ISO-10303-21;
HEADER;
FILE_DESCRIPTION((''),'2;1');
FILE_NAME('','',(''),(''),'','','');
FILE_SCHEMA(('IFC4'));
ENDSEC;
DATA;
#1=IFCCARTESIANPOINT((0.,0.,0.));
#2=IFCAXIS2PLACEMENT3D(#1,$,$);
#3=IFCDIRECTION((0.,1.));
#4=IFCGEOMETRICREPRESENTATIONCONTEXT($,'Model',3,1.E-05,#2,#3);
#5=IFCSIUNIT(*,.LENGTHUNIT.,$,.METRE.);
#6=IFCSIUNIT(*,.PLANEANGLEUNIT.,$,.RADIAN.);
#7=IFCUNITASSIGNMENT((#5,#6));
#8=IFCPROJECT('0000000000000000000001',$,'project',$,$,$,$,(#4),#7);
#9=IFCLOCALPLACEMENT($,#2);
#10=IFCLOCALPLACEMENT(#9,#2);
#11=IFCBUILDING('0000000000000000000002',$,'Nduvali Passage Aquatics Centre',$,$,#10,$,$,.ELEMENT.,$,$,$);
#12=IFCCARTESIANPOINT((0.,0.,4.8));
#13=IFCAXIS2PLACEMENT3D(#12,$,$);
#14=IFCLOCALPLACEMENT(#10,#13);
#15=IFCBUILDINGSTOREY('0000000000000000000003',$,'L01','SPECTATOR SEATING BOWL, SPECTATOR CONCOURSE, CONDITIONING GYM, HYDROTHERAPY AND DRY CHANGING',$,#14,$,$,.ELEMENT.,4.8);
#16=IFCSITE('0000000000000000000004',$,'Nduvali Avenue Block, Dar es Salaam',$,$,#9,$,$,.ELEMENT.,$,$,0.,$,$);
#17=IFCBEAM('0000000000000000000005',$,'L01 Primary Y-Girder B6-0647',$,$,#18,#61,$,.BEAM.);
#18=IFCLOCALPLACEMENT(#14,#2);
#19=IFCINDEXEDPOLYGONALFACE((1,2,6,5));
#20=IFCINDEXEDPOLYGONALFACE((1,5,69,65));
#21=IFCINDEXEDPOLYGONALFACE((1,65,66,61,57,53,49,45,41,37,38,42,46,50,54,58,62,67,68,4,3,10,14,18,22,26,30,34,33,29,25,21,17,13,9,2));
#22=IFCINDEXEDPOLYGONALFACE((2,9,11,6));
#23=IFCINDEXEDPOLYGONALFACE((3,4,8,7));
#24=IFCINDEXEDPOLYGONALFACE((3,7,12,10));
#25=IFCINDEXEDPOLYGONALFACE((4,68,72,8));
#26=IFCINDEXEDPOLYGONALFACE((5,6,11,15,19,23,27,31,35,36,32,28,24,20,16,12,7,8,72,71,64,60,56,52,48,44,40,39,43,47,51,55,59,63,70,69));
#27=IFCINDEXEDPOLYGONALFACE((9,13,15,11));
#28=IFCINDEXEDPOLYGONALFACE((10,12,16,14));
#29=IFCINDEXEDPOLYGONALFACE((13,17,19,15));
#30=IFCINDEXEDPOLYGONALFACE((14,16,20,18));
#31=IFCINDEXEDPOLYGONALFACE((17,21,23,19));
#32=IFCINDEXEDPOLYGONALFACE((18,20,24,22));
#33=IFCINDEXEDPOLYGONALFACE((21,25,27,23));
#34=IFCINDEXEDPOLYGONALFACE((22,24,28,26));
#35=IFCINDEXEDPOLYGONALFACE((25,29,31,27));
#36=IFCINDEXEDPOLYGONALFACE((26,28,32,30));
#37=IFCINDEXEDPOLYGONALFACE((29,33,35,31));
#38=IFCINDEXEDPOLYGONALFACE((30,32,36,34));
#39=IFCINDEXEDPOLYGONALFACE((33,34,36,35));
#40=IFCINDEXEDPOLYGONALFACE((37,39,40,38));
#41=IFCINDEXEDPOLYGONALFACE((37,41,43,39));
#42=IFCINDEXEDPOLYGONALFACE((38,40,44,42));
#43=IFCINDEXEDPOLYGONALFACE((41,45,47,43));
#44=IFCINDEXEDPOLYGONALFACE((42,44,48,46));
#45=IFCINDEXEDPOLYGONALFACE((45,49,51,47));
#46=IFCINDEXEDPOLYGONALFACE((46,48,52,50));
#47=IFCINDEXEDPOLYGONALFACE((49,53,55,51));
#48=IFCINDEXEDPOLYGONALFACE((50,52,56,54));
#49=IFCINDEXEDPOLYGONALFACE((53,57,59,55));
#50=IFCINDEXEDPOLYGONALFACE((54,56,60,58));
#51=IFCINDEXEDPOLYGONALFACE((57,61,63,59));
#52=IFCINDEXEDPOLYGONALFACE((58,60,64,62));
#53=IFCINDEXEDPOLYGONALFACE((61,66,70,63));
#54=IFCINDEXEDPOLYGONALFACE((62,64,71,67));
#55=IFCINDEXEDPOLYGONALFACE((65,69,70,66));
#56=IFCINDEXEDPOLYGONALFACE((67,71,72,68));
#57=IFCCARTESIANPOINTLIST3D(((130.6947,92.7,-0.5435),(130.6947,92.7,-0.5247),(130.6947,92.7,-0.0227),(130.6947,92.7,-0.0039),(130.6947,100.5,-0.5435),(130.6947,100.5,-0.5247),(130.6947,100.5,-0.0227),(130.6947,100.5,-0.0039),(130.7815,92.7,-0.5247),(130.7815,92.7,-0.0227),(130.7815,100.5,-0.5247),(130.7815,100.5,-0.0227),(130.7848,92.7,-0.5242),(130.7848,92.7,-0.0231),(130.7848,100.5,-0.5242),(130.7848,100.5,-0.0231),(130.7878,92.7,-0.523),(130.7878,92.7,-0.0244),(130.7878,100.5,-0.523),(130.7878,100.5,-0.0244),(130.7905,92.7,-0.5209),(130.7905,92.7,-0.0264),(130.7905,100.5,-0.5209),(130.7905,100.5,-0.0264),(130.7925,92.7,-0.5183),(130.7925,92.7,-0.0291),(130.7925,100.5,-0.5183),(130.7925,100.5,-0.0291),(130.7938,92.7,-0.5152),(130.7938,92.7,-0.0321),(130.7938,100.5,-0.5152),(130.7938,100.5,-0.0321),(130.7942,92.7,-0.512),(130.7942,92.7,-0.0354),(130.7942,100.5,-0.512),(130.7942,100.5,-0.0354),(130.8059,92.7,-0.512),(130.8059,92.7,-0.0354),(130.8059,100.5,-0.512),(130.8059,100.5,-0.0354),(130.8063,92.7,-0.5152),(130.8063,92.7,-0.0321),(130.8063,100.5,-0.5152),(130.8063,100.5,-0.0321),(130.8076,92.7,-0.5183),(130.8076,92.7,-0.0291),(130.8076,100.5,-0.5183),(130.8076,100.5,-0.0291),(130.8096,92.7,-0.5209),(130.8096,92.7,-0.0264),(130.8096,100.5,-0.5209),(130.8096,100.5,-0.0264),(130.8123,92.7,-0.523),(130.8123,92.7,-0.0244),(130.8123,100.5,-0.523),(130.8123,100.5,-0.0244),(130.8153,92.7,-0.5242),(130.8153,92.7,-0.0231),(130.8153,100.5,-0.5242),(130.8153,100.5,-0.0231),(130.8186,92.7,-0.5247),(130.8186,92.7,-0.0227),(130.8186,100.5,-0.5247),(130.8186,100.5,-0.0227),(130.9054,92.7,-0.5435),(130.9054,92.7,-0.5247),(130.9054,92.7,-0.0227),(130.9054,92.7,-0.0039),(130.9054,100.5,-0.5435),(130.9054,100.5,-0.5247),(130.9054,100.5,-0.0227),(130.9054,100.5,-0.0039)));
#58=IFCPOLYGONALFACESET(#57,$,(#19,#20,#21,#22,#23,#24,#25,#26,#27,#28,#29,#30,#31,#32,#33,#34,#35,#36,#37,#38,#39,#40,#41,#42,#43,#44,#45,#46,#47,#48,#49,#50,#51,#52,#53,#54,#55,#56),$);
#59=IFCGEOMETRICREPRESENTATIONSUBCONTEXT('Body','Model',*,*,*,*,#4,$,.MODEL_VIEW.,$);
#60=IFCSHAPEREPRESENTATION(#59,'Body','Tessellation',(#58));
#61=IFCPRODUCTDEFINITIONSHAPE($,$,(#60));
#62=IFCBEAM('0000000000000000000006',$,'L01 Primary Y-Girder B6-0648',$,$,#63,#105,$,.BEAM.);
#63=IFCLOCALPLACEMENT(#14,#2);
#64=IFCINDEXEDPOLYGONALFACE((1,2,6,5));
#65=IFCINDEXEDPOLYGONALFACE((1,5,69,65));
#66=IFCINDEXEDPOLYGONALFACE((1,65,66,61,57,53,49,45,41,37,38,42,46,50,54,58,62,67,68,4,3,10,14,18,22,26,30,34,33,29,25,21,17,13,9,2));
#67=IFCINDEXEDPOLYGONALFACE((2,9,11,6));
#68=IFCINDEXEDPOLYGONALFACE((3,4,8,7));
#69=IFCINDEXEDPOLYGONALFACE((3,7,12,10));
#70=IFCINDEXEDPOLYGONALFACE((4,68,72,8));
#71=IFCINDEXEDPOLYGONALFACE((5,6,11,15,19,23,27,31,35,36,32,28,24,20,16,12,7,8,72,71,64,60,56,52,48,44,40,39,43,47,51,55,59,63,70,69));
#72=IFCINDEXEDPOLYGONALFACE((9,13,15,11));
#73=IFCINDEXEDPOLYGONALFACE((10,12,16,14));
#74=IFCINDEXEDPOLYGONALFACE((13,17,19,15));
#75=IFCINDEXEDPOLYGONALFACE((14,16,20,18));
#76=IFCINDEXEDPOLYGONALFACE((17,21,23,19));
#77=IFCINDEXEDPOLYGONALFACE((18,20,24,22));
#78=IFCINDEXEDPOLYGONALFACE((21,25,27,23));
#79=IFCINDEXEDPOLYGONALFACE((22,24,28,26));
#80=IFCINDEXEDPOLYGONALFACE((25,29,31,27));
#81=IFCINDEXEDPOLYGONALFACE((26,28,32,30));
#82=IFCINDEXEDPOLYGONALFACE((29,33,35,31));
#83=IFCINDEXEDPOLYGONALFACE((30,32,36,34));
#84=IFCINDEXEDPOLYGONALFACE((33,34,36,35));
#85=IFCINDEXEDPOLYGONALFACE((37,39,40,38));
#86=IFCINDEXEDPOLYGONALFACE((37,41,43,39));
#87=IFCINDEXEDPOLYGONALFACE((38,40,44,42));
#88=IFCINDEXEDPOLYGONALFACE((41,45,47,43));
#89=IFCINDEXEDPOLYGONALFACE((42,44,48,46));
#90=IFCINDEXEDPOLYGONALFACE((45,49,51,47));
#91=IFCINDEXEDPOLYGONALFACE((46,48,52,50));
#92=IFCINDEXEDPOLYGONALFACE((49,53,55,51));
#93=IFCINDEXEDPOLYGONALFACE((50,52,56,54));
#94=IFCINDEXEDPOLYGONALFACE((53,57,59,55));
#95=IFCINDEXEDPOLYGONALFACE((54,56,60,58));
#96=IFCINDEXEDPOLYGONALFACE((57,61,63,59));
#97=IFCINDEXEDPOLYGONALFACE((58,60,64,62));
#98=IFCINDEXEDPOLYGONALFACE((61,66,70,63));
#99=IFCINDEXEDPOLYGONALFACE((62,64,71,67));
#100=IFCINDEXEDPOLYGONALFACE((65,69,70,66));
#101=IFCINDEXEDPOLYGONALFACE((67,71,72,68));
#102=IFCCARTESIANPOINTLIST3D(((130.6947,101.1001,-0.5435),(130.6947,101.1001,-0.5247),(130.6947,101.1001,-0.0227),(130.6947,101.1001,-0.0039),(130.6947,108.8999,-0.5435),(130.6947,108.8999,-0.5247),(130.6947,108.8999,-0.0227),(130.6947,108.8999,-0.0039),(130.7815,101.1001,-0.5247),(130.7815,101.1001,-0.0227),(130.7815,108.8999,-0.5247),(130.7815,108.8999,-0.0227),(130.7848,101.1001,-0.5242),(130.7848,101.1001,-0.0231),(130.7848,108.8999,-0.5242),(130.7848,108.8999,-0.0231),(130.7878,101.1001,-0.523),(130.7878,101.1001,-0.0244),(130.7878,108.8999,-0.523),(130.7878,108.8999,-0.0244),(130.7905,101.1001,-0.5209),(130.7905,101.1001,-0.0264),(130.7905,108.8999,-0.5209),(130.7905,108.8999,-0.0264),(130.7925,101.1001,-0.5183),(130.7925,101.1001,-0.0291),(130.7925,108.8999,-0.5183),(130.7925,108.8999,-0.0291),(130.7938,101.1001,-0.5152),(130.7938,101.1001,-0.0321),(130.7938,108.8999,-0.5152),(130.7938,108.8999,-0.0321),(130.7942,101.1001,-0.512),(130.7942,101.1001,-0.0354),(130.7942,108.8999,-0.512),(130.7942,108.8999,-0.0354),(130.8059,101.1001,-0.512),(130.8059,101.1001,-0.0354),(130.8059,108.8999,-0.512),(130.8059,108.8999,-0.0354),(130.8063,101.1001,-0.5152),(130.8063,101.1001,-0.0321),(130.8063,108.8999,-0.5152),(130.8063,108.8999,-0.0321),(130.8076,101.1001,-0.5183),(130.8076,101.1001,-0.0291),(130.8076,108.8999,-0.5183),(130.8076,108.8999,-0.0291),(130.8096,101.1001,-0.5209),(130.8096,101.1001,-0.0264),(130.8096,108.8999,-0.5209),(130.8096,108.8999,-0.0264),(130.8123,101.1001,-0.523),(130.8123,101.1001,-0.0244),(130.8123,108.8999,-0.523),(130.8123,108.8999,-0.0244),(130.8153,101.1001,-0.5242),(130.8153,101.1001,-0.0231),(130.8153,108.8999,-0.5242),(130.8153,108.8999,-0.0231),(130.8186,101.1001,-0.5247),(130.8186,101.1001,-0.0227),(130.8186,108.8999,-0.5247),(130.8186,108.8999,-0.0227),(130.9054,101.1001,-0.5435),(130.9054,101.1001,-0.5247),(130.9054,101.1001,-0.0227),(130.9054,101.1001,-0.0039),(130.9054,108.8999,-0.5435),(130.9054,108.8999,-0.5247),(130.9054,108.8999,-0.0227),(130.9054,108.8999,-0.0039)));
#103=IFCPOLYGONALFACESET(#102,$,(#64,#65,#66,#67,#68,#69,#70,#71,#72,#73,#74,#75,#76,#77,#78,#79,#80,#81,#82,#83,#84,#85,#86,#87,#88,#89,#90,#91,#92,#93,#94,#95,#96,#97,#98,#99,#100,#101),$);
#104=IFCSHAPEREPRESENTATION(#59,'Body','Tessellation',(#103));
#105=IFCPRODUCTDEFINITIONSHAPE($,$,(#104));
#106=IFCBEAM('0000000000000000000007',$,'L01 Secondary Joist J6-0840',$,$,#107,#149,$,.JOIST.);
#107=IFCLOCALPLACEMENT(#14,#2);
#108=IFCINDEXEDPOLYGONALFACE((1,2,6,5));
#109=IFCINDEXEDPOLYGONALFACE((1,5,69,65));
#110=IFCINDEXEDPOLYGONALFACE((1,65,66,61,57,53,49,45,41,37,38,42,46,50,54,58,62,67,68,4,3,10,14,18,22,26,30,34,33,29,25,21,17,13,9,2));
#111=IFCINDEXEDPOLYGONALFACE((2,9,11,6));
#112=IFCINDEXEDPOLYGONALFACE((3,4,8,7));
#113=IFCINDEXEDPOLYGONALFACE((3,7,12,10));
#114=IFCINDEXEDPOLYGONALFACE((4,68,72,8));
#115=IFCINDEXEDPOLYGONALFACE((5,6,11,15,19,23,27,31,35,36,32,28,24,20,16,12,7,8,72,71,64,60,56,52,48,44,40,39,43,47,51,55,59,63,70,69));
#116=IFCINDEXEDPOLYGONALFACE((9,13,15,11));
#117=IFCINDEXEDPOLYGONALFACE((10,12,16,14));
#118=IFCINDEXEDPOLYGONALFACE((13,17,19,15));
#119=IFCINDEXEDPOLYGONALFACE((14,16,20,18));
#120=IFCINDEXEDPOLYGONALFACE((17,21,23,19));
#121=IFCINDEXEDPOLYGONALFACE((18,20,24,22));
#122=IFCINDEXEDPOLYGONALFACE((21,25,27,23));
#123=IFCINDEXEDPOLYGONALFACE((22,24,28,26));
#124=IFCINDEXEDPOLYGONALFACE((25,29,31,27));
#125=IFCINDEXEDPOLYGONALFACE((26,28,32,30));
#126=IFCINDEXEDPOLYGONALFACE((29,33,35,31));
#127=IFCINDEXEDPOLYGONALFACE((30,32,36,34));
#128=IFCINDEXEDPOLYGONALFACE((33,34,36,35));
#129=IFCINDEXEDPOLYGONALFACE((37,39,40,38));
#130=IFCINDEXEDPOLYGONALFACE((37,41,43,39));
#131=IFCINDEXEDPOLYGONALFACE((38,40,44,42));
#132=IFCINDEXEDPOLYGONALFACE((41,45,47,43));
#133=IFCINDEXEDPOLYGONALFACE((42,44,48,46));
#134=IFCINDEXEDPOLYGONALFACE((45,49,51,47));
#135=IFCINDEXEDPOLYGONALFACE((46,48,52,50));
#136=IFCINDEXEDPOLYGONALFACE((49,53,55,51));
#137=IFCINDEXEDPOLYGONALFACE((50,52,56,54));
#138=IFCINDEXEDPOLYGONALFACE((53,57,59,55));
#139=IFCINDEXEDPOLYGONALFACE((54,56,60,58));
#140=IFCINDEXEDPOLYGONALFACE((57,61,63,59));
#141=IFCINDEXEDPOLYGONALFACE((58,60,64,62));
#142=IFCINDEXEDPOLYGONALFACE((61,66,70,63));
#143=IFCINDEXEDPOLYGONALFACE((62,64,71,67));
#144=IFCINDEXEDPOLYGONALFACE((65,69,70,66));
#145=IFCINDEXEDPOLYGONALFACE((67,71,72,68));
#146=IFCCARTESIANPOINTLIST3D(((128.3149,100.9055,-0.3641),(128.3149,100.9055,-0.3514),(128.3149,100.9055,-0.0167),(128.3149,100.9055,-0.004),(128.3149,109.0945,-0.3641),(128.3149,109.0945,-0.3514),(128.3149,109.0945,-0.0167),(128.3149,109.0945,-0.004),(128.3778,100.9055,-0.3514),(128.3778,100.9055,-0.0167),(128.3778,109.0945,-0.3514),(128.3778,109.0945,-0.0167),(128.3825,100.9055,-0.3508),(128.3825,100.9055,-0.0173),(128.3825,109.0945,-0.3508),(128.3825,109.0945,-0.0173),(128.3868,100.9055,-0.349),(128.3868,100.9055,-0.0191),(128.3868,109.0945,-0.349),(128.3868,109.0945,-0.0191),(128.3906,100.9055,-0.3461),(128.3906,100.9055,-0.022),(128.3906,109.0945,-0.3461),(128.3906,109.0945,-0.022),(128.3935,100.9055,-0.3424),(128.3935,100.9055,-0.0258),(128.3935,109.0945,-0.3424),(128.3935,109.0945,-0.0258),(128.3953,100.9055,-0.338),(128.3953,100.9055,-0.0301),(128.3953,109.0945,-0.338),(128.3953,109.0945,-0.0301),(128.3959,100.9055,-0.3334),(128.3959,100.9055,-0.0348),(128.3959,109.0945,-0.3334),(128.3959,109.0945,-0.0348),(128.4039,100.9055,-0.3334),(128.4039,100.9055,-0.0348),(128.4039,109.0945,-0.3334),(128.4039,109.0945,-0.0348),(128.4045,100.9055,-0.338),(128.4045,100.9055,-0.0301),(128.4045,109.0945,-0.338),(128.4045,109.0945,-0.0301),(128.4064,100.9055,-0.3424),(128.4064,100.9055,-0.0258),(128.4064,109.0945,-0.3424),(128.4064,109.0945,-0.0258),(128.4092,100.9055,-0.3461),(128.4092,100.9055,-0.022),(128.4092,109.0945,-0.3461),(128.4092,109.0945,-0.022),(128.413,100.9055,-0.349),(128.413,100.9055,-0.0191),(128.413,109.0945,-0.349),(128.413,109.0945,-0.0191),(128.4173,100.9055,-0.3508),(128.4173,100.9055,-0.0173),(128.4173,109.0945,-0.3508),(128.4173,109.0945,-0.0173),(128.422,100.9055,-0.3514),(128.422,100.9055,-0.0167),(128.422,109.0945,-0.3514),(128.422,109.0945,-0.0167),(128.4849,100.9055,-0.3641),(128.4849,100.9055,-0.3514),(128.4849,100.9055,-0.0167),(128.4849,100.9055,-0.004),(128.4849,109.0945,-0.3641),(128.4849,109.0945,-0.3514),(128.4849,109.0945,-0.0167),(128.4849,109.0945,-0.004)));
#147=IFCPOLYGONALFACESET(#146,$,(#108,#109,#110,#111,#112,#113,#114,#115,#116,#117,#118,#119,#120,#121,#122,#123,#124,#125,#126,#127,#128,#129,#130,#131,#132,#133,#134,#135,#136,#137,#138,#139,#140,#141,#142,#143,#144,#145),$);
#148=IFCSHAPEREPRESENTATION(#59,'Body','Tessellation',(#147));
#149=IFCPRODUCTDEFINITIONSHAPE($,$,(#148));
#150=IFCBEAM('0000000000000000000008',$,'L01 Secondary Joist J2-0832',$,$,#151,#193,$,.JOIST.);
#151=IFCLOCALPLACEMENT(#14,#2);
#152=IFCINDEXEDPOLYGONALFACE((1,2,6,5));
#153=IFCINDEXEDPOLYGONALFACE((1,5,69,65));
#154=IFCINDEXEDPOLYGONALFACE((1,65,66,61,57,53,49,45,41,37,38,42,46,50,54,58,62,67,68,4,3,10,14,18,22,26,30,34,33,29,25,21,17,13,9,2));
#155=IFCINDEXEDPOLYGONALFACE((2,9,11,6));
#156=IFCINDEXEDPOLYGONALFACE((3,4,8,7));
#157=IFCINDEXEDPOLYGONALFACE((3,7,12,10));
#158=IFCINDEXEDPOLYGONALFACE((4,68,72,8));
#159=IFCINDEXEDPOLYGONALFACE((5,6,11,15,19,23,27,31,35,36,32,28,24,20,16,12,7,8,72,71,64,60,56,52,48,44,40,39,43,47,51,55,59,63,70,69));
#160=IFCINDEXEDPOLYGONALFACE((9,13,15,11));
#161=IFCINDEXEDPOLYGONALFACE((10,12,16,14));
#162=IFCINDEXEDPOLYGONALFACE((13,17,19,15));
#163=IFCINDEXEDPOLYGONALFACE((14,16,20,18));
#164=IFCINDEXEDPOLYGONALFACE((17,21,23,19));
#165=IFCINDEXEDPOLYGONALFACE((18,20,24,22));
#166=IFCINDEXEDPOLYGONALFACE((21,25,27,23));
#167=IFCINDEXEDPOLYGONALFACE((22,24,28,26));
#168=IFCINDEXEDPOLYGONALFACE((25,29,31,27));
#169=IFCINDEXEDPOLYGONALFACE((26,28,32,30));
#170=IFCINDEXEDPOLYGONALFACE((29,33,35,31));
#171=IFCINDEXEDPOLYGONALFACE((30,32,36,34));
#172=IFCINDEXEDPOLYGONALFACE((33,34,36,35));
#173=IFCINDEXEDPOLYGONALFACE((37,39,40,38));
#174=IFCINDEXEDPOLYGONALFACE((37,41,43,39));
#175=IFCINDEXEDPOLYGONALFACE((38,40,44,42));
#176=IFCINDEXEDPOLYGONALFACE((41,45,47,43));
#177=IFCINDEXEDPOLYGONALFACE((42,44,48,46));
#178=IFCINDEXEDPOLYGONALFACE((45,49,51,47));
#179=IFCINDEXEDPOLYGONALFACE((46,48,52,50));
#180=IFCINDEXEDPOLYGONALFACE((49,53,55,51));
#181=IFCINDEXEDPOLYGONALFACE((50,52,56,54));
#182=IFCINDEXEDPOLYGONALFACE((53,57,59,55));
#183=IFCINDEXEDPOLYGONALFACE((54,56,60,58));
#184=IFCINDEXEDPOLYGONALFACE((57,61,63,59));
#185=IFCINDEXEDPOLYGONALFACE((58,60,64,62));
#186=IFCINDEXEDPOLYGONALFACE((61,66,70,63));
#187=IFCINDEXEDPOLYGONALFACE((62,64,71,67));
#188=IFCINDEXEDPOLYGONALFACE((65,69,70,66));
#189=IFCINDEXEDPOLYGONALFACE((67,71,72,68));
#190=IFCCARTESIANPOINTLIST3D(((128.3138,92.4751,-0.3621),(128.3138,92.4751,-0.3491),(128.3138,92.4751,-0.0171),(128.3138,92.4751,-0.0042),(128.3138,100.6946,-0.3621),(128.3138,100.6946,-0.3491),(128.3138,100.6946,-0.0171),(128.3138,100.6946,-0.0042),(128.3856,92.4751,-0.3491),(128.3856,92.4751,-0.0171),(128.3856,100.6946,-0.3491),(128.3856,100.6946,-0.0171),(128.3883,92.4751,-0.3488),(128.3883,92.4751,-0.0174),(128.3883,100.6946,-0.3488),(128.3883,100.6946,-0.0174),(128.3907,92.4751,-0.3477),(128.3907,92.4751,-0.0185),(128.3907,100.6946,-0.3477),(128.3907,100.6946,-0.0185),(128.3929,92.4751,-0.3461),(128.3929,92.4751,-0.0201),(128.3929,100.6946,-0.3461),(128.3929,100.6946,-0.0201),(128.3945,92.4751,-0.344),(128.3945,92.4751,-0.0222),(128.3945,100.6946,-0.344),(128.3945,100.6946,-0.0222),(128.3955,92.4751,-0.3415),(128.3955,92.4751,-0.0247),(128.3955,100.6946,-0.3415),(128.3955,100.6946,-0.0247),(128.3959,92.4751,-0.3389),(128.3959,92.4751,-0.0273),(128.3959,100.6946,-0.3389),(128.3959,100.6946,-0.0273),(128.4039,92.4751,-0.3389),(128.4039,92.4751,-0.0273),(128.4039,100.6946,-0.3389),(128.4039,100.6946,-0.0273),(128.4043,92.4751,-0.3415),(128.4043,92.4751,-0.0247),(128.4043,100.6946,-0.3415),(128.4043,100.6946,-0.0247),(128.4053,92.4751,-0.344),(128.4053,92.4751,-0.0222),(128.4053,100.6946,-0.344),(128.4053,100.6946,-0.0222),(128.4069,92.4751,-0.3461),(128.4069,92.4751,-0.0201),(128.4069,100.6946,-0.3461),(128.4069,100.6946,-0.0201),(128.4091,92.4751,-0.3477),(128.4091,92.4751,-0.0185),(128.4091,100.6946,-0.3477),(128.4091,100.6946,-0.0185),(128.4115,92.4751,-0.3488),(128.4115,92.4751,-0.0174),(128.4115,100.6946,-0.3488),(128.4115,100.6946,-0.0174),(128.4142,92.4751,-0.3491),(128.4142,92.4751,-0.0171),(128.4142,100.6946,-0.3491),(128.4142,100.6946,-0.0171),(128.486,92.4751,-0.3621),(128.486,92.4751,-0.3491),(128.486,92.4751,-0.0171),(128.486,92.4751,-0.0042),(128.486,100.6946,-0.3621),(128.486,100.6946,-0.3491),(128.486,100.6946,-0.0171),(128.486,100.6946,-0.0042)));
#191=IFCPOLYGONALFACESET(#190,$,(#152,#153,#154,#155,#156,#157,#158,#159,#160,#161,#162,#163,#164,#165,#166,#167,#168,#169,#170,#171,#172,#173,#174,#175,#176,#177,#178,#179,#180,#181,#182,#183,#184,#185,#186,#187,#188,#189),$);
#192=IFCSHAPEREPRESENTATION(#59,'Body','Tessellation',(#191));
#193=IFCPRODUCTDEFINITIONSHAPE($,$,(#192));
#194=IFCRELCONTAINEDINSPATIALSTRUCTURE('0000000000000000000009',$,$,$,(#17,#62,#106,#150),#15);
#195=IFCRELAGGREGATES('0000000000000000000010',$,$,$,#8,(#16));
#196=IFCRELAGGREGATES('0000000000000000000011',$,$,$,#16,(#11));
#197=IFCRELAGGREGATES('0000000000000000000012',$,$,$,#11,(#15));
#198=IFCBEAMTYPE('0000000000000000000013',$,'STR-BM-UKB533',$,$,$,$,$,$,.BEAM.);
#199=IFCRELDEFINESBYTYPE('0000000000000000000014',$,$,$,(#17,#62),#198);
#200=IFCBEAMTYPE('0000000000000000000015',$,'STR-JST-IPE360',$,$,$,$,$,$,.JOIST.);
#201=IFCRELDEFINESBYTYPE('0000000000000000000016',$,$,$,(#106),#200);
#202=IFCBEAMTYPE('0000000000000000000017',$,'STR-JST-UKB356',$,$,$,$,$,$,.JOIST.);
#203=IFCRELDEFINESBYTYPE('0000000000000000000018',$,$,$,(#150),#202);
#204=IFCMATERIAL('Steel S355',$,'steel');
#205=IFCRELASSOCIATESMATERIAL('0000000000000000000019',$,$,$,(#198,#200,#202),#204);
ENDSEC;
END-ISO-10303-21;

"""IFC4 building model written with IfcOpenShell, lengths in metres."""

from ifc_helpers import new_model, si_unit, direction, frame, origin, origin_2d, place, context, subcontext, project, spatial, i_section, extrude, material, material_profile, profile_set, type_object, element, save


model = new_model("IFC4")

# Units and contexts
model_context = context("Model", 3, precision=1e-05, world=origin(), true_north=direction((0.0, 1.0)))
body_context = subcontext(model_context, "Body", "Model", "MODEL_VIEW")
ifc_project = project(units=[si_unit("LENGTHUNIT", "METRE"), si_unit("PLANEANGLEUNIT", "RADIAN")], contexts=[model_context])

# Site, building, storey
site_placement = place(None, origin())
site = spatial("IfcSite", under=ifc_project, at=site_placement, Name="Nduvali Avenue Block, Dar es Salaam", CompositionType="ELEMENT", RefElevation=0.0)
building_placement = place(site_placement, origin())
building = spatial("IfcBuilding", under=site, at=building_placement, Name="Nduvali Passage Aquatics Centre", CompositionType="ELEMENT")
storey_placement = place(building_placement, frame((0.0, 0.0, 4.8)))
storey = spatial("IfcBuildingStorey", under=building, at=storey_placement, Name="L01", Description="SPECTATOR SEATING BOWL, SPECTATOR CONCOURSE, CONDITIONING GYM, HYDROTHERAPY AND DRY CHANGING", CompositionType="ELEMENT", Elevation=4.8)

# Shared definitions
ifc_material_1 = material(Name="Steel S355", Category="steel")

# Beams
ifc_material_profile_1 = material_profile(ifc_material_1, i_section(OverallWidth=0.2107, OverallDepth=0.5396, WebThickness=0.0117, FlangeThickness=0.0188, FilletRadius=0.0127, at=origin_2d()), Name="UKB 533x210x109")
ifc_profile_set_1 = profile_set([ifc_material_profile_1], Name="Steel S355")
beam_type_1 = type_object("IfcBeamType", Name="STR-BM-UKB533", PredefinedType="BEAM", material=ifc_profile_set_1)
beam_1_placement = place(storey_placement, frame((130.8, 92.7, -0.2737), z_axis=(0.0, 1.0, 0.0), x_axis=(-1.0, 0.0, 0.0)))
element("IfcBeam", 1, at=beam_1_placement, inside=storey, type_object=beam_type_1, Name="L01 Primary Y-Girder B6-0647", PredefinedType="BEAM", context=body_context, shape_type="SweptSolid", body=[
    extrude(i_section(OverallWidth=0.2107, OverallDepth=0.5396, WebThickness=0.0117, FlangeThickness=0.0188, FilletRadius=0.0127, at=origin_2d()), origin(), (0.0, 0.0, 1.0), 7.8),
])
beam_2_placement = place(storey_placement, frame((130.8, 101.1001, -0.2737), z_axis=(0.0, 1.0, 0.0), x_axis=(-1.0, 0.0, 0.0)))
element("IfcBeam", 2, at=beam_2_placement, inside=storey, type_object=beam_type_1, Name="L01 Primary Y-Girder B6-0648", PredefinedType="BEAM", context=body_context, shape_type="SweptSolid", body=[
    extrude(i_section(OverallWidth=0.2107, OverallDepth=0.5396, WebThickness=0.0117, FlangeThickness=0.0188, FilletRadius=0.0127, at=origin_2d()), origin(), (0.0, 0.0, 1.0), 7.7998),
])
ifc_material_profile_2 = material_profile(ifc_material_1, i_section(OverallWidth=0.1699, OverallDepth=0.3601, WebThickness=0.0081, FlangeThickness=0.0127, FilletRadius=0.0181, at=origin_2d()), Name="IPE 360")
ifc_profile_set_2 = profile_set([ifc_material_profile_2], Name="Steel S355")
beam_type_2 = type_object("IfcBeamType", Name="STR-JST-IPE360", PredefinedType="JOIST", material=ifc_profile_set_2)
beam_3_placement = place(storey_placement, frame((128.3999, 100.9055, -0.1841), z_axis=(0.0, 1.0, 0.0), x_axis=(-1.0, 0.0, 0.0)))
element("IfcBeam", 3, at=beam_3_placement, inside=storey, type_object=beam_type_2, Name="L01 Secondary Joist J6-0840", PredefinedType="JOIST", context=body_context, shape_type="SweptSolid", body=[
    extrude(i_section(OverallWidth=0.1699, OverallDepth=0.3601, WebThickness=0.0081, FlangeThickness=0.0127, FilletRadius=0.0181, at=origin_2d()), origin(), (0.0, 0.0, 1.0), 8.189),
])
ifc_material_profile_3 = material_profile(ifc_material_1, i_section(OverallWidth=0.1721, OverallDepth=0.3579, WebThickness=0.0081, FlangeThickness=0.0129, FilletRadius=0.0103, at=origin_2d()), Name="UKB 356x171x57")
ifc_profile_set_3 = profile_set([ifc_material_profile_3], Name="Steel S355")
beam_type_3 = type_object("IfcBeamType", Name="STR-JST-UKB356", PredefinedType="JOIST", material=ifc_profile_set_3)
beam_4_placement = place(storey_placement, frame((128.3999, 92.4751, -0.1831), z_axis=(0.0, 1.0, 0.0), x_axis=(-1.0, 0.0, 0.0)))
element("IfcBeam", 4, at=beam_4_placement, inside=storey, type_object=beam_type_3, Name="L01 Secondary Joist J2-0832", PredefinedType="JOIST", context=body_context, shape_type="SweptSolid", body=[
    extrude(i_section(OverallWidth=0.1721, OverallDepth=0.3579, WebThickness=0.0081, FlangeThickness=0.0129, FilletRadius=0.0103, at=origin_2d()), origin(), (0.0, 0.0, 1.0), 8.2195),
])

save(model, "model.ifc")
